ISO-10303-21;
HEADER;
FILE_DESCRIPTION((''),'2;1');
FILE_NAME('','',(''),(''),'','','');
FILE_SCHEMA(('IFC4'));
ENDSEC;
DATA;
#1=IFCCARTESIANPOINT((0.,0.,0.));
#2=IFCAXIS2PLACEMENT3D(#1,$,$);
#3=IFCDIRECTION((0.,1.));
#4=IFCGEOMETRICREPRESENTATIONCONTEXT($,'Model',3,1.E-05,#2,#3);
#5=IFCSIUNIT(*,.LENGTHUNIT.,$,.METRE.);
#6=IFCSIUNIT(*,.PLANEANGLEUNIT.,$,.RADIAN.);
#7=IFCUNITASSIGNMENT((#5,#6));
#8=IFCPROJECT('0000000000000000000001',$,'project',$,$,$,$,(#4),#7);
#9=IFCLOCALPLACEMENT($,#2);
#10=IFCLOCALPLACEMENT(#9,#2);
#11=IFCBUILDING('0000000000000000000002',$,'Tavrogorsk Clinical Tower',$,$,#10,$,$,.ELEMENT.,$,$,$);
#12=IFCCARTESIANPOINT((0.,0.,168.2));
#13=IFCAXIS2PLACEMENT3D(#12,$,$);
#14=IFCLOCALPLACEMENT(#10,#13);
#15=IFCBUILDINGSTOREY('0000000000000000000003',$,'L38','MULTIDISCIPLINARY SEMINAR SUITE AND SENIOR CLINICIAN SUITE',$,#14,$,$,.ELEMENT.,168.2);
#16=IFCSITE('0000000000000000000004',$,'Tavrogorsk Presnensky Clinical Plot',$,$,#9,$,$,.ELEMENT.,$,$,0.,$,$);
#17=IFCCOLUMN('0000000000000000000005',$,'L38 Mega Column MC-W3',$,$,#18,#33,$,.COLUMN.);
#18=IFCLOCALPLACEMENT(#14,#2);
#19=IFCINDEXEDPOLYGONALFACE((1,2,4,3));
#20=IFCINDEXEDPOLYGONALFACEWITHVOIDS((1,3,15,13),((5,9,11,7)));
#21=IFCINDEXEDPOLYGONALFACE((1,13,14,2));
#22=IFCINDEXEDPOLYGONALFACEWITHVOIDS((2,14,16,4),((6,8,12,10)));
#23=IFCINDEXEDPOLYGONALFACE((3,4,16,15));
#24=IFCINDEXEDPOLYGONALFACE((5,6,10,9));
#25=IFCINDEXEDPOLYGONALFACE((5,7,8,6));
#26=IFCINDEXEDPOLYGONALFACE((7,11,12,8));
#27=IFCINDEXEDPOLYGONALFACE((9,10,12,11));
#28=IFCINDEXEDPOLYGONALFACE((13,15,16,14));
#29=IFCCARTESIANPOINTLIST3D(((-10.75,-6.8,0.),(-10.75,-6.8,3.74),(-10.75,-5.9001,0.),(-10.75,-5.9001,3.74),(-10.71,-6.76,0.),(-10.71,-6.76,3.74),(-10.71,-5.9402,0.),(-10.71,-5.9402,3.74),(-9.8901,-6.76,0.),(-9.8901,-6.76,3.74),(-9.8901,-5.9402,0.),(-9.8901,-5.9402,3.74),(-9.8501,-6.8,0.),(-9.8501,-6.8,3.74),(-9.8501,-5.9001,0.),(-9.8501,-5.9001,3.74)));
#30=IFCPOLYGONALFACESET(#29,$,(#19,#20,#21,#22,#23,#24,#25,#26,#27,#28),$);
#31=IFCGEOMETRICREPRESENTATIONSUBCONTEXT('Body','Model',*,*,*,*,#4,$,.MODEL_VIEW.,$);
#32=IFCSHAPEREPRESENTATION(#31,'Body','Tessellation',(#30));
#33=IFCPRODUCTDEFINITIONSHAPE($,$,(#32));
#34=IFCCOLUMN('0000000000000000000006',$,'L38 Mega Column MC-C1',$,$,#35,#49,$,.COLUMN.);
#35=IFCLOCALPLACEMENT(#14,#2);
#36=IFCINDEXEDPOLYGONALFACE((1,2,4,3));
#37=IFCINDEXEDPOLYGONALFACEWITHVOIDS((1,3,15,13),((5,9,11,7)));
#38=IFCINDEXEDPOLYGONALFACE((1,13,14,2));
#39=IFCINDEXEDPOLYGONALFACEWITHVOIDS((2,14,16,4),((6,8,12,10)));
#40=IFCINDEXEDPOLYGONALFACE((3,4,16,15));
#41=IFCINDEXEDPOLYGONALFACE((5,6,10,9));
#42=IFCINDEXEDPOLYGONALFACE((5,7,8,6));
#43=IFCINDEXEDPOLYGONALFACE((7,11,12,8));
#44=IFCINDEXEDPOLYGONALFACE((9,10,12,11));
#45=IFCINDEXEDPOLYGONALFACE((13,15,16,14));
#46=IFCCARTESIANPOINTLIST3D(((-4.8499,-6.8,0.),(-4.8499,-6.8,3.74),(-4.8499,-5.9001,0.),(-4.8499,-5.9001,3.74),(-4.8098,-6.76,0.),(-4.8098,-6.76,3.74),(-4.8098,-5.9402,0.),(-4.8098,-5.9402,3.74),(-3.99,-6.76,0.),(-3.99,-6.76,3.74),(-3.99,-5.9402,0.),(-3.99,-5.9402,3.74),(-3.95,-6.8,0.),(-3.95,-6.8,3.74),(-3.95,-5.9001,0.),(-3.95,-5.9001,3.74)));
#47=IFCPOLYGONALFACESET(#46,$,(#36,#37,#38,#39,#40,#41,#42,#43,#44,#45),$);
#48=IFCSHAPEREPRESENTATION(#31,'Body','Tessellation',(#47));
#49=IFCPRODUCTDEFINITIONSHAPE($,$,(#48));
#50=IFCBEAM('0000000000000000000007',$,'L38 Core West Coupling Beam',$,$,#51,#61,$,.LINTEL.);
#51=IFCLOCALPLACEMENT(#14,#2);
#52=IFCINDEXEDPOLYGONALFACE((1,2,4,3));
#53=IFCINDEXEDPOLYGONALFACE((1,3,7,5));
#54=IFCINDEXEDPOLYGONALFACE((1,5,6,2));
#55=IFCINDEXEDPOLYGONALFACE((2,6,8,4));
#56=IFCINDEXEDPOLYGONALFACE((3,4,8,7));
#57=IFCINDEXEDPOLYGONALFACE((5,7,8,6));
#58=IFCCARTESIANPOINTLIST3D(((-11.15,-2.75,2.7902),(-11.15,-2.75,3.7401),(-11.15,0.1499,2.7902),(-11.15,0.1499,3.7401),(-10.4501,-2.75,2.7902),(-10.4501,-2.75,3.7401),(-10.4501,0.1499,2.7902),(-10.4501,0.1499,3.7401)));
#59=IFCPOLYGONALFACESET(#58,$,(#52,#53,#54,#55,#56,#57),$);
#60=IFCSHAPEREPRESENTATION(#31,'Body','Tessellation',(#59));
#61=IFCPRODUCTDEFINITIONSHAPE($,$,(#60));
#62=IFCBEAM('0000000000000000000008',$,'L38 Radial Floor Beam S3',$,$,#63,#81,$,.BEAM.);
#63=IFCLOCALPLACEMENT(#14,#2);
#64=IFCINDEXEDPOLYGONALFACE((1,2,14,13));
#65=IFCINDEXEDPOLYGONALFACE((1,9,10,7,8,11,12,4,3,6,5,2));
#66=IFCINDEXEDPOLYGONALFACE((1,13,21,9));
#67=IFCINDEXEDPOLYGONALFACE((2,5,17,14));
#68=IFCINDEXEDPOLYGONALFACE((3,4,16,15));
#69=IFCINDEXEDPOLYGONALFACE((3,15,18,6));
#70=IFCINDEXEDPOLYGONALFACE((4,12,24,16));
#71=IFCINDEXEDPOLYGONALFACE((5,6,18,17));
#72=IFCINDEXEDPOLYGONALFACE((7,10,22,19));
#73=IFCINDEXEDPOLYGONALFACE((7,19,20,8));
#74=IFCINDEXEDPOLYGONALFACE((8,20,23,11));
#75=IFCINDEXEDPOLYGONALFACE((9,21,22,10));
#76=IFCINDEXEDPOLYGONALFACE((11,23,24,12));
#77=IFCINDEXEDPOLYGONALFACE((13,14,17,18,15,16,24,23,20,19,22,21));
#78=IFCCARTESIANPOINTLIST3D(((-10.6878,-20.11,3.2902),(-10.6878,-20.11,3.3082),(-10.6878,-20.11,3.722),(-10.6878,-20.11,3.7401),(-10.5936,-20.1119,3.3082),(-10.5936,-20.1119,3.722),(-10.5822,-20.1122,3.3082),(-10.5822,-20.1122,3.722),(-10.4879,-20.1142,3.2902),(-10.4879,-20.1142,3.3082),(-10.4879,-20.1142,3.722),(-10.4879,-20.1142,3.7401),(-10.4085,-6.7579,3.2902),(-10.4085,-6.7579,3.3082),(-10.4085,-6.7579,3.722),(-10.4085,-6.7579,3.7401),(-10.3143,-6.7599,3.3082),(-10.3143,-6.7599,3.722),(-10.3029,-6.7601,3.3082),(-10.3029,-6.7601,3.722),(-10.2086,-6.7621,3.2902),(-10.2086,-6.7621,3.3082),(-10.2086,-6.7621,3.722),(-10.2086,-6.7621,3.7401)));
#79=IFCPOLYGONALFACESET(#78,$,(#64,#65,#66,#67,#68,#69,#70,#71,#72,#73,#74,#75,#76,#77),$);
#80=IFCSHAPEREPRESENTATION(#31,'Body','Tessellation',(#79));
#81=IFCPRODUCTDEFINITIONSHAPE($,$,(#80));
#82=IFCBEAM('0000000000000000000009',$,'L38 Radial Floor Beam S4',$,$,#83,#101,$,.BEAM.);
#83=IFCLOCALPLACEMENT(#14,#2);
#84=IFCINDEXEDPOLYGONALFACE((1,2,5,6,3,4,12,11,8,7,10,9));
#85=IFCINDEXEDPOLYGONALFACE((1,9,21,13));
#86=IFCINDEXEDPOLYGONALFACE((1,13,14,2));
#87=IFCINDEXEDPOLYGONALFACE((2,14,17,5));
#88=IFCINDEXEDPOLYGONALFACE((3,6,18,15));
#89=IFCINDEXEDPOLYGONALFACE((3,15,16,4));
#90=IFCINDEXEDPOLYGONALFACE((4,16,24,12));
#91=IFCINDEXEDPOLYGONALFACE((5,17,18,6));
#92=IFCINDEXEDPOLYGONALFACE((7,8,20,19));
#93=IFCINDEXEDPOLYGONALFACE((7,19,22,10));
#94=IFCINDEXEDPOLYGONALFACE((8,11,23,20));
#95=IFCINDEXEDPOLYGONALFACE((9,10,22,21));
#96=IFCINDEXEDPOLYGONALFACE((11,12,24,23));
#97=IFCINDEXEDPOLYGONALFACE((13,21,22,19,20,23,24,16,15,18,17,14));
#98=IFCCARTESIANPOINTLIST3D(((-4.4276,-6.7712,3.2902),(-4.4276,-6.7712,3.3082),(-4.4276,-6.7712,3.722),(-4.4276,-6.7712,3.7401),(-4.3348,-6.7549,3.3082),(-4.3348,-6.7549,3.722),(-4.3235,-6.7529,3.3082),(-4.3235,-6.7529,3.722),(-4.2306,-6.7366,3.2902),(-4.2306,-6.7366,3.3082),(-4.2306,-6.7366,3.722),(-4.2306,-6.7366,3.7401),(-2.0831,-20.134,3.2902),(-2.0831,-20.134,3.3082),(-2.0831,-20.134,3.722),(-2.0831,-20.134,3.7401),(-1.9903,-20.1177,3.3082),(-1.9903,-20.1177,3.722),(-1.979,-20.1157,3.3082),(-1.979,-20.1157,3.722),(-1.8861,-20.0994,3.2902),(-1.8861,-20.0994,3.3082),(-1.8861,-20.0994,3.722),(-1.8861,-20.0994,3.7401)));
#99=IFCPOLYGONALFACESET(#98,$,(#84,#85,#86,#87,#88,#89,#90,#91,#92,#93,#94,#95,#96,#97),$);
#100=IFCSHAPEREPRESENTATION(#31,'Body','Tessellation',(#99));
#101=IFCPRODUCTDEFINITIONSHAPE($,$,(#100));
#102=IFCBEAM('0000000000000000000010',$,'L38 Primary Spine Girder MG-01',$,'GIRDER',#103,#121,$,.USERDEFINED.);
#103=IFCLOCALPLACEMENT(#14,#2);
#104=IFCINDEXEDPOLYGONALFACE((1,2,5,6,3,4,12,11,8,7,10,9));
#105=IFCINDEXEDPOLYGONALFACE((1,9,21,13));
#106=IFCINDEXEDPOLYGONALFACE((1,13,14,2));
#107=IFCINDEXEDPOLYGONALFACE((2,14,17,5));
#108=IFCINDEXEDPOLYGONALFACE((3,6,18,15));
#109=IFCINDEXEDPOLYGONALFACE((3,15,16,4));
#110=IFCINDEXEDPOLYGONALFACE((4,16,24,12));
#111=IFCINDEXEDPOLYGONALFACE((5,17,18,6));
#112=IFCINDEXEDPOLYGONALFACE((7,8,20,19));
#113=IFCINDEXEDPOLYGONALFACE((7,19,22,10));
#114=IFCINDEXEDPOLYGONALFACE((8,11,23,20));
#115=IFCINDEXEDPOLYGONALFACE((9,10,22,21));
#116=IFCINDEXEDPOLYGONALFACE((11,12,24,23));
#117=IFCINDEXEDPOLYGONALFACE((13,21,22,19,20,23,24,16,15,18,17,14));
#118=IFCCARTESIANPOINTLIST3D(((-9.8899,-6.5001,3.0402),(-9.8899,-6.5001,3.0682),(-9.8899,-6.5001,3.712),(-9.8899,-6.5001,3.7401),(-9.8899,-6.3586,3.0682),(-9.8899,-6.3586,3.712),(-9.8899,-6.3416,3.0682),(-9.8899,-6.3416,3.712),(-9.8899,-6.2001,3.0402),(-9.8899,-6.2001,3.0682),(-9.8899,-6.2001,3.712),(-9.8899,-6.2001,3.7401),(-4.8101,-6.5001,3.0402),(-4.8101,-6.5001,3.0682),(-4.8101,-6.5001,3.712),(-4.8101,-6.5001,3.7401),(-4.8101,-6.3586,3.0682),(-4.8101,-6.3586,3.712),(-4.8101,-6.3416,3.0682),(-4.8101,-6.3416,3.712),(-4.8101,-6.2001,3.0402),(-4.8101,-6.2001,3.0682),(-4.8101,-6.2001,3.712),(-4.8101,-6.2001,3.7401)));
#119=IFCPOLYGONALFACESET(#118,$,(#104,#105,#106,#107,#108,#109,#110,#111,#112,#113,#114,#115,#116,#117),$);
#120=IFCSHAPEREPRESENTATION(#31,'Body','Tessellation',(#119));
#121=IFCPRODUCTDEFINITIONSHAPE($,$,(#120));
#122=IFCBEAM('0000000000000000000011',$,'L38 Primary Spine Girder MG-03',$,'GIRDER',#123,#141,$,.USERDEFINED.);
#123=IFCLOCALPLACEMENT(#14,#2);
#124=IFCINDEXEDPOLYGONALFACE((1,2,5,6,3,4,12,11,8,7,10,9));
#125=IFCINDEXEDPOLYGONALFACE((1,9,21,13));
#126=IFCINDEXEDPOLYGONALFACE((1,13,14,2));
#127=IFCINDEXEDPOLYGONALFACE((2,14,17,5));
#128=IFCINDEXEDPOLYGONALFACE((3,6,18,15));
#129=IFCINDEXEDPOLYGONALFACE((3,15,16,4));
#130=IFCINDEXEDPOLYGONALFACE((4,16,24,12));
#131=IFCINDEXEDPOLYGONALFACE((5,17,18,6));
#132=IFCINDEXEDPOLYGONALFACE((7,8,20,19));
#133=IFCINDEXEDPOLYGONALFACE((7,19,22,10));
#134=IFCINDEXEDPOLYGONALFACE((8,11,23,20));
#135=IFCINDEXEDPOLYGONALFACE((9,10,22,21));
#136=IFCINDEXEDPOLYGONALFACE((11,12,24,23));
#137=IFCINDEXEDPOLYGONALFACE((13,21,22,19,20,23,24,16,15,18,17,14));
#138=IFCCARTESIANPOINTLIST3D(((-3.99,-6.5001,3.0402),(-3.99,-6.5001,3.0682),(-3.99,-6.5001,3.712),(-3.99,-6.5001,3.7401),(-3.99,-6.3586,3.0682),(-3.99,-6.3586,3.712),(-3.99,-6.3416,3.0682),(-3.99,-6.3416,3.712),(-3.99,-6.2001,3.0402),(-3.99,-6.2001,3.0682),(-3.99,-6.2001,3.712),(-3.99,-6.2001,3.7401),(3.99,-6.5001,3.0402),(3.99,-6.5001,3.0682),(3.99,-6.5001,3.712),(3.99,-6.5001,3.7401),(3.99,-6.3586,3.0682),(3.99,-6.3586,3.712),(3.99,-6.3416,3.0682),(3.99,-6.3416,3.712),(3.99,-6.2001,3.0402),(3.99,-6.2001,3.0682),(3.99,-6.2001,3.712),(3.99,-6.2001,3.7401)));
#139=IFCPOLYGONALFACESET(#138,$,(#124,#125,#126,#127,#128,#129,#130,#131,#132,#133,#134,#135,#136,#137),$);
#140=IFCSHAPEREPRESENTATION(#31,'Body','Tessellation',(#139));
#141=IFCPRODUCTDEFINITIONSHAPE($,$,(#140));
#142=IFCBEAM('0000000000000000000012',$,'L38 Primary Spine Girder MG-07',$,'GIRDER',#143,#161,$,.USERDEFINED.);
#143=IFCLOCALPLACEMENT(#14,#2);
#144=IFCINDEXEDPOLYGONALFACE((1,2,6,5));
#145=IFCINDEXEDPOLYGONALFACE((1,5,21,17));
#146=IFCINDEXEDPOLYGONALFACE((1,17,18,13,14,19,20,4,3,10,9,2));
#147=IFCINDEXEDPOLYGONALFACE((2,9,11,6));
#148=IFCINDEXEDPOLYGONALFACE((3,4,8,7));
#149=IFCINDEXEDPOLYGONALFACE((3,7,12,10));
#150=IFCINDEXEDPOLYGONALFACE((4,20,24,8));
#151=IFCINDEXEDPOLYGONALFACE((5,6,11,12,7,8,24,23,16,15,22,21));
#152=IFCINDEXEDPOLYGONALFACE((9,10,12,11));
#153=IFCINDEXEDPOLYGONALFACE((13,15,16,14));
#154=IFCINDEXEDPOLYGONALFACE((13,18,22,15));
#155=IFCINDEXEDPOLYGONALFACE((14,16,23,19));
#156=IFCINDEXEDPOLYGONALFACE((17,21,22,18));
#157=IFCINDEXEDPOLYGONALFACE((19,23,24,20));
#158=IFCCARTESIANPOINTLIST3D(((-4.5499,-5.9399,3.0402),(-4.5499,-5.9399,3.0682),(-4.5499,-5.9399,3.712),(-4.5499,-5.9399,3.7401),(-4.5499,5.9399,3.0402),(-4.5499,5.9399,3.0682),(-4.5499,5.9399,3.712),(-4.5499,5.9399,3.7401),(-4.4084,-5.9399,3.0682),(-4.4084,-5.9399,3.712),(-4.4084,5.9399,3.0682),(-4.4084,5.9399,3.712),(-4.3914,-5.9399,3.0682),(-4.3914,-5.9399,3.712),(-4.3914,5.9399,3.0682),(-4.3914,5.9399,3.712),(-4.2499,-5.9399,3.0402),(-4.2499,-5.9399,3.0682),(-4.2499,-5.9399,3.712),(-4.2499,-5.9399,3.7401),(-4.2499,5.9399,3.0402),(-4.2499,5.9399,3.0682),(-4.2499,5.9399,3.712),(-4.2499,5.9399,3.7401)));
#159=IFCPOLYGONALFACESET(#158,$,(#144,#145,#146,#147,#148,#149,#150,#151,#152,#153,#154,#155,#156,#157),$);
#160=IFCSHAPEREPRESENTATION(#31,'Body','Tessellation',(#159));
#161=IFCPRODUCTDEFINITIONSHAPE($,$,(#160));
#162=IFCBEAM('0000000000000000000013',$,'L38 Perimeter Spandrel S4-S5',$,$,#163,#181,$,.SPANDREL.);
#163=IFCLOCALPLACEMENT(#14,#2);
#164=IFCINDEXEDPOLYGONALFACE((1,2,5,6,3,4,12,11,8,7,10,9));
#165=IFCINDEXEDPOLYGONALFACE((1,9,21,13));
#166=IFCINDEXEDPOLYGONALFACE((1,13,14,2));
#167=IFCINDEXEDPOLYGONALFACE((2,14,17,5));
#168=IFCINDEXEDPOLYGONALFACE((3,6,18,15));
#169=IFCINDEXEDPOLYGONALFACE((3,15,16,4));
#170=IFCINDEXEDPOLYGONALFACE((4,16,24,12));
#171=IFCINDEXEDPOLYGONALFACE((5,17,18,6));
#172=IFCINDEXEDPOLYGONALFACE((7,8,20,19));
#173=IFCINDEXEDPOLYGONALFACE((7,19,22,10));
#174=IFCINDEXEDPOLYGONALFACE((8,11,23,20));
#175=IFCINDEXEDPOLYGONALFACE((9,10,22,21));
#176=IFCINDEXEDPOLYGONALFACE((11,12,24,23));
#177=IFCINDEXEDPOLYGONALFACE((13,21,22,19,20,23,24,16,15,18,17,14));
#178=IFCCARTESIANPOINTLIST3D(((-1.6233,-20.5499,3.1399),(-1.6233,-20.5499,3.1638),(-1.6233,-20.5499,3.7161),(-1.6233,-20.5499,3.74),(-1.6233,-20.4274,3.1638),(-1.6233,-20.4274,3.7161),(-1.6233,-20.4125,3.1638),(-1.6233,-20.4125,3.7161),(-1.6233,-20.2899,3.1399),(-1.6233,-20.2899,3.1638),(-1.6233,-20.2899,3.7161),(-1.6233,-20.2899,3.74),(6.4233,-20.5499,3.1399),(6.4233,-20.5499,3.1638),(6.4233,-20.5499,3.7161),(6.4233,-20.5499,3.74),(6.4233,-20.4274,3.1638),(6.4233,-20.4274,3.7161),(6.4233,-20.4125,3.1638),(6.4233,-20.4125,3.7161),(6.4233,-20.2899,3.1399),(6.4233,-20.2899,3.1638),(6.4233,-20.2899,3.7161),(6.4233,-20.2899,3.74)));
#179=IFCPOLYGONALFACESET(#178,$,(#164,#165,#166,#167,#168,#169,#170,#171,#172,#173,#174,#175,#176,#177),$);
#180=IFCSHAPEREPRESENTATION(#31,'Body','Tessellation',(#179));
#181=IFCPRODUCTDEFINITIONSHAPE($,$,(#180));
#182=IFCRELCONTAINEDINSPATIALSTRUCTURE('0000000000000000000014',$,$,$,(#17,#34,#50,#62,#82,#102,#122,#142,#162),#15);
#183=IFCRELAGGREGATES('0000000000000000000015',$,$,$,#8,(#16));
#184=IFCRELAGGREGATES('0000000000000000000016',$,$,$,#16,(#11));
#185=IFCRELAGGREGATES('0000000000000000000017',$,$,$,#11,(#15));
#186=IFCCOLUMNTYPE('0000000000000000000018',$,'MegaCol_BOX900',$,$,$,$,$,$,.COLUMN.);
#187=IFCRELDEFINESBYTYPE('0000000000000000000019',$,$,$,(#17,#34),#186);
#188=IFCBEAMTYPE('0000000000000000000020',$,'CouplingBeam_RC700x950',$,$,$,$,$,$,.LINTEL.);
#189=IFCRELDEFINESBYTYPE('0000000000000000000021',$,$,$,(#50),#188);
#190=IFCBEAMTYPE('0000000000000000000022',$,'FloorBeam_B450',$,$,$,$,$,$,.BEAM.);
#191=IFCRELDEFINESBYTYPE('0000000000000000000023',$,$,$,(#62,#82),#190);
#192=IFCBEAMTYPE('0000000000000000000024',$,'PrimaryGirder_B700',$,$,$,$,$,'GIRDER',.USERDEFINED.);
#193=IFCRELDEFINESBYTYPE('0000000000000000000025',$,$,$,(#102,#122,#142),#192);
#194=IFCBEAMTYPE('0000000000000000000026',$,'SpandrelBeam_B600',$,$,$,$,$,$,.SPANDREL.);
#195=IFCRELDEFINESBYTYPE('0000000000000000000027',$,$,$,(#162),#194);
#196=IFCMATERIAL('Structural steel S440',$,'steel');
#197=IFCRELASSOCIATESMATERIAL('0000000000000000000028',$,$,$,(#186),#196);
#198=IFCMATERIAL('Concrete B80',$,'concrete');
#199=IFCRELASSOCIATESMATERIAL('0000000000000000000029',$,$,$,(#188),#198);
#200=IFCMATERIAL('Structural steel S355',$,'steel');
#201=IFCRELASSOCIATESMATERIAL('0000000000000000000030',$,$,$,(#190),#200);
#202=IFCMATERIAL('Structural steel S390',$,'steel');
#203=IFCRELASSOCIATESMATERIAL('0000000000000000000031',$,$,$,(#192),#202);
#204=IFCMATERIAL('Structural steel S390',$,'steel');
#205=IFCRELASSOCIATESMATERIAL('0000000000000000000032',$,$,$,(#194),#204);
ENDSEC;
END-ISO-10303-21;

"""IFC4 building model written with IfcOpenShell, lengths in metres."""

from ifc_helpers import new_model, si_unit, direction, frame, origin, origin_2d, place, context, subcontext, project, spatial, rectangle, hollow_rectangle, i_section, extrude, material, material_profile, profile_set, type_object, element, save


model = new_model("IFC4")

# Units and contexts
model_context = context("Model", 3, precision=1e-05, world=origin(), true_north=direction((0.0, 1.0)))
body_context = subcontext(model_context, "Body", "Model", "MODEL_VIEW")
ifc_project = project(units=[si_unit("LENGTHUNIT", "METRE"), si_unit("PLANEANGLEUNIT", "RADIAN")], contexts=[model_context])

# Site, building, storey
site_placement = place(None, origin())
site = spatial("IfcSite", under=ifc_project, at=site_placement, Name="Tavrogorsk Presnensky Clinical Plot", CompositionType="ELEMENT", RefElevation=0.0)
building_placement = place(site_placement, origin())
building = spatial("IfcBuilding", under=site, at=building_placement, Name="Tavrogorsk Clinical Tower", CompositionType="ELEMENT")
storey_placement = place(building_placement, frame((0.0, 0.0, 168.2)))
storey = spatial("IfcBuildingStorey", under=building, at=storey_placement, Name="L38", Description="MULTIDISCIPLINARY SEMINAR SUITE AND SENIOR CLINICIAN SUITE", CompositionType="ELEMENT", Elevation=168.2)

# Columns
ifc_material_1 = material(Name="Structural steel S440", Category="steel")
ifc_material_profile_1 = material_profile(ifc_material_1, hollow_rectangle(XDim=0.8999, YDim=0.8999, WallThickness=0.04, at=origin_2d()), Name="BOX-900x900x40")
ifc_profile_set_1 = profile_set([ifc_material_profile_1], Name="Structural steel S440")
column_type = type_object("IfcColumnType", Name="MegaCol_BOX900", PredefinedType="COLUMN", material=ifc_profile_set_1)
for number, where, z_axis, x_axis, name in (
    (1, (-10.3, -6.3501, 0.0), (0.0, 0.0, 1.0), (1.0, 0.0, 0.0), "L38 Mega Column MC-W3"),
    (2, (-4.3999, -6.3501, 0.0), (0.0, 0.0, 1.0), (1.0, 0.0, 0.0), "L38 Mega Column MC-C1"),
):
    element("IfcColumn", number, at=place(storey_placement, frame(where, z_axis=z_axis, x_axis=x_axis)), inside=storey, type_object=column_type, Name=name, PredefinedType="COLUMN", context=body_context, shape_type="SweptSolid", body=[
        extrude(hollow_rectangle(XDim=0.8999, YDim=0.8999, WallThickness=0.04, at=origin_2d()), origin(), (0.0, 0.0, 1.0), 3.74),
    ])

# Beams
ifc_material_2 = material(Name="Concrete B80", Category="concrete")
ifc_material_profile_2 = material_profile(ifc_material_2, rectangle(XDim=0.7, YDim=0.95, at=origin_2d()), Name="RC-CB-700x950")
ifc_profile_set_2 = profile_set([ifc_material_profile_2], Name="Concrete B80")
beam_type_1 = type_object("IfcBeamType", Name="CouplingBeam_RC700x950", PredefinedType="LINTEL", material=ifc_profile_set_2)
beam_1_placement = place(storey_placement, frame((-10.8, -2.75, 3.2651), z_axis=(0.0, 1.0, 0.0), x_axis=(-1.0, 0.0, 0.0)))
element("IfcBeam", 3, at=beam_1_placement, inside=storey, type_object=beam_type_1, Name="L38 Core West Coupling Beam", PredefinedType="LINTEL", context=body_context, shape_type="SweptSolid", body=[
    extrude(rectangle(XDim=0.7, YDim=0.95, at=origin_2d()), origin(), (0.0, 0.0, 1.0), 2.8999),
])
ifc_material_3 = material(Name="Structural steel S355", Category="steel")
ifc_material_profile_3 = material_profile(ifc_material_3, i_section(OverallWidth=0.2, OverallDepth=0.45, WebThickness=0.0115, FlangeThickness=0.0181, at=origin_2d()), Name="B-450x200x11.5x18")
ifc_profile_set_3 = profile_set([ifc_material_profile_3], Name="Structural steel S355")
beam_type_2 = type_object("IfcBeamType", Name="FloorBeam_B450", PredefinedType="BEAM", material=ifc_profile_set_3)
beam_2_placement = place(storey_placement, frame((-10.3086, -6.76, 3.5151), z_axis=(-0.020913, -0.999781, 0.0), x_axis=(0.999781, -0.020913, 0.0)))
element("IfcBeam", 4, at=beam_2_placement, inside=storey, type_object=beam_type_2, Name="L38 Radial Floor Beam S3", PredefinedType="BEAM", context=body_context, shape_type="SweptSolid", body=[
    extrude(i_section(OverallWidth=0.2, OverallDepth=0.45, WebThickness=0.0115, FlangeThickness=0.0181, at=origin_2d()), origin(), (0.0, 0.0, 1.0), 13.355),
])
beam_3_placement = place(storey_placement, frame((-4.3291, -6.7539, 3.5151), z_axis=(0.172809, -0.984955, 0.0), x_axis=(0.984955, 0.172809, 0.0)))
element("IfcBeam", 5, at=beam_3_placement, inside=storey, type_object=beam_type_2, Name="L38 Radial Floor Beam S4", PredefinedType="BEAM", context=body_context, shape_type="SweptSolid", body=[
    extrude(i_section(OverallWidth=0.2, OverallDepth=0.45, WebThickness=0.0115, FlangeThickness=0.0181, at=origin_2d()), origin(), (0.0, 0.0, 1.0), 13.5669),
])
ifc_material_4 = material(Name="Structural steel S390", Category="steel")
ifc_material_profile_4 = material_profile(ifc_material_4, i_section(OverallWidth=0.3, OverallDepth=0.7, WebThickness=0.0171, FlangeThickness=0.0281, at=origin_2d()), Name="B-700x300x17x28")
ifc_profile_set_4 = profile_set([ifc_material_profile_4], Name="Structural steel S390")
beam_type_3 = type_object("IfcBeamType", Name="PrimaryGirder_B700", ElementType="GIRDER", PredefinedType="USERDEFINED", material=ifc_profile_set_4)
beam_4_placement = place(storey_placement, frame((-9.8899, -6.3501, 3.3901), z_axis=(1.0, 0.0, 0.0), x_axis=(0.0, 1.0, 0.0)))
element("IfcBeam", 6, at=beam_4_placement, inside=storey, type_object=beam_type_3, Name="L38 Primary Spine Girder MG-01", ObjectType="GIRDER", PredefinedType="USERDEFINED", context=body_context, shape_type="SweptSolid", body=[
    extrude(i_section(OverallWidth=0.3, OverallDepth=0.7, WebThickness=0.0171, FlangeThickness=0.0281, at=origin_2d()), origin(), (0.0, 0.0, 1.0), 5.0798),
])
beam_5_placement = place(storey_placement, frame((-3.99, -6.3501, 3.3901), z_axis=(1.0, 0.0, 0.0), x_axis=(0.0, 1.0, 0.0)))
element("IfcBeam", 7, at=beam_5_placement, inside=storey, type_object=beam_type_3, Name="L38 Primary Spine Girder MG-03", ObjectType="GIRDER", PredefinedType="USERDEFINED", context=body_context, shape_type="SweptSolid", body=[
    extrude(i_section(OverallWidth=0.3, OverallDepth=0.7, WebThickness=0.0171, FlangeThickness=0.0281, at=origin_2d()), origin(), (0.0, 0.0, 1.0), 7.98),
])
beam_6_placement = place(storey_placement, frame((-4.3999, -5.9399, 3.3901), z_axis=(0.0, 1.0, 0.0), x_axis=(-1.0, 0.0, 0.0)))
element("IfcBeam", 8, at=beam_6_placement, inside=storey, type_object=beam_type_3, Name="L38 Primary Spine Girder MG-07", ObjectType="GIRDER", PredefinedType="USERDEFINED", context=body_context, shape_type="SweptSolid", body=[
    extrude(i_section(OverallWidth=0.3, OverallDepth=0.7, WebThickness=0.0171, FlangeThickness=0.0281, at=origin_2d()), origin(), (0.0, 0.0, 1.0), 11.8799),
])
ifc_material_5 = material(Name="Structural steel S390", Category="steel")
ifc_material_profile_5 = material_profile(ifc_material_5, i_section(OverallWidth=0.26, OverallDepth=0.6001, WebThickness=0.0149, FlangeThickness=0.0239, at=origin_2d()), Name="B-600x260x15x24")
ifc_profile_set_5 = profile_set([ifc_material_profile_5], Name="Structural steel S390")
beam_type_4 = type_object("IfcBeamType", Name="SpandrelBeam_B600", PredefinedType="SPANDREL", material=ifc_profile_set_5)
beam_7_placement = place(storey_placement, frame((-1.6233, -20.4199, 3.4399), z_axis=(1.0, 0.0, 0.0), x_axis=(0.0, 1.0, 0.0)))
element("IfcBeam", 9, at=beam_7_placement, inside=storey, type_object=beam_type_4, Name="L38 Perimeter Spandrel S4-S5", PredefinedType="SPANDREL", context=body_context, shape_type="SweptSolid", body=[
    extrude(i_section(OverallWidth=0.26, OverallDepth=0.6001, WebThickness=0.0149, FlangeThickness=0.0239, at=origin_2d()), origin(), (0.0, 0.0, 1.0), 8.0466),
])

save(model, "model.ifc")
